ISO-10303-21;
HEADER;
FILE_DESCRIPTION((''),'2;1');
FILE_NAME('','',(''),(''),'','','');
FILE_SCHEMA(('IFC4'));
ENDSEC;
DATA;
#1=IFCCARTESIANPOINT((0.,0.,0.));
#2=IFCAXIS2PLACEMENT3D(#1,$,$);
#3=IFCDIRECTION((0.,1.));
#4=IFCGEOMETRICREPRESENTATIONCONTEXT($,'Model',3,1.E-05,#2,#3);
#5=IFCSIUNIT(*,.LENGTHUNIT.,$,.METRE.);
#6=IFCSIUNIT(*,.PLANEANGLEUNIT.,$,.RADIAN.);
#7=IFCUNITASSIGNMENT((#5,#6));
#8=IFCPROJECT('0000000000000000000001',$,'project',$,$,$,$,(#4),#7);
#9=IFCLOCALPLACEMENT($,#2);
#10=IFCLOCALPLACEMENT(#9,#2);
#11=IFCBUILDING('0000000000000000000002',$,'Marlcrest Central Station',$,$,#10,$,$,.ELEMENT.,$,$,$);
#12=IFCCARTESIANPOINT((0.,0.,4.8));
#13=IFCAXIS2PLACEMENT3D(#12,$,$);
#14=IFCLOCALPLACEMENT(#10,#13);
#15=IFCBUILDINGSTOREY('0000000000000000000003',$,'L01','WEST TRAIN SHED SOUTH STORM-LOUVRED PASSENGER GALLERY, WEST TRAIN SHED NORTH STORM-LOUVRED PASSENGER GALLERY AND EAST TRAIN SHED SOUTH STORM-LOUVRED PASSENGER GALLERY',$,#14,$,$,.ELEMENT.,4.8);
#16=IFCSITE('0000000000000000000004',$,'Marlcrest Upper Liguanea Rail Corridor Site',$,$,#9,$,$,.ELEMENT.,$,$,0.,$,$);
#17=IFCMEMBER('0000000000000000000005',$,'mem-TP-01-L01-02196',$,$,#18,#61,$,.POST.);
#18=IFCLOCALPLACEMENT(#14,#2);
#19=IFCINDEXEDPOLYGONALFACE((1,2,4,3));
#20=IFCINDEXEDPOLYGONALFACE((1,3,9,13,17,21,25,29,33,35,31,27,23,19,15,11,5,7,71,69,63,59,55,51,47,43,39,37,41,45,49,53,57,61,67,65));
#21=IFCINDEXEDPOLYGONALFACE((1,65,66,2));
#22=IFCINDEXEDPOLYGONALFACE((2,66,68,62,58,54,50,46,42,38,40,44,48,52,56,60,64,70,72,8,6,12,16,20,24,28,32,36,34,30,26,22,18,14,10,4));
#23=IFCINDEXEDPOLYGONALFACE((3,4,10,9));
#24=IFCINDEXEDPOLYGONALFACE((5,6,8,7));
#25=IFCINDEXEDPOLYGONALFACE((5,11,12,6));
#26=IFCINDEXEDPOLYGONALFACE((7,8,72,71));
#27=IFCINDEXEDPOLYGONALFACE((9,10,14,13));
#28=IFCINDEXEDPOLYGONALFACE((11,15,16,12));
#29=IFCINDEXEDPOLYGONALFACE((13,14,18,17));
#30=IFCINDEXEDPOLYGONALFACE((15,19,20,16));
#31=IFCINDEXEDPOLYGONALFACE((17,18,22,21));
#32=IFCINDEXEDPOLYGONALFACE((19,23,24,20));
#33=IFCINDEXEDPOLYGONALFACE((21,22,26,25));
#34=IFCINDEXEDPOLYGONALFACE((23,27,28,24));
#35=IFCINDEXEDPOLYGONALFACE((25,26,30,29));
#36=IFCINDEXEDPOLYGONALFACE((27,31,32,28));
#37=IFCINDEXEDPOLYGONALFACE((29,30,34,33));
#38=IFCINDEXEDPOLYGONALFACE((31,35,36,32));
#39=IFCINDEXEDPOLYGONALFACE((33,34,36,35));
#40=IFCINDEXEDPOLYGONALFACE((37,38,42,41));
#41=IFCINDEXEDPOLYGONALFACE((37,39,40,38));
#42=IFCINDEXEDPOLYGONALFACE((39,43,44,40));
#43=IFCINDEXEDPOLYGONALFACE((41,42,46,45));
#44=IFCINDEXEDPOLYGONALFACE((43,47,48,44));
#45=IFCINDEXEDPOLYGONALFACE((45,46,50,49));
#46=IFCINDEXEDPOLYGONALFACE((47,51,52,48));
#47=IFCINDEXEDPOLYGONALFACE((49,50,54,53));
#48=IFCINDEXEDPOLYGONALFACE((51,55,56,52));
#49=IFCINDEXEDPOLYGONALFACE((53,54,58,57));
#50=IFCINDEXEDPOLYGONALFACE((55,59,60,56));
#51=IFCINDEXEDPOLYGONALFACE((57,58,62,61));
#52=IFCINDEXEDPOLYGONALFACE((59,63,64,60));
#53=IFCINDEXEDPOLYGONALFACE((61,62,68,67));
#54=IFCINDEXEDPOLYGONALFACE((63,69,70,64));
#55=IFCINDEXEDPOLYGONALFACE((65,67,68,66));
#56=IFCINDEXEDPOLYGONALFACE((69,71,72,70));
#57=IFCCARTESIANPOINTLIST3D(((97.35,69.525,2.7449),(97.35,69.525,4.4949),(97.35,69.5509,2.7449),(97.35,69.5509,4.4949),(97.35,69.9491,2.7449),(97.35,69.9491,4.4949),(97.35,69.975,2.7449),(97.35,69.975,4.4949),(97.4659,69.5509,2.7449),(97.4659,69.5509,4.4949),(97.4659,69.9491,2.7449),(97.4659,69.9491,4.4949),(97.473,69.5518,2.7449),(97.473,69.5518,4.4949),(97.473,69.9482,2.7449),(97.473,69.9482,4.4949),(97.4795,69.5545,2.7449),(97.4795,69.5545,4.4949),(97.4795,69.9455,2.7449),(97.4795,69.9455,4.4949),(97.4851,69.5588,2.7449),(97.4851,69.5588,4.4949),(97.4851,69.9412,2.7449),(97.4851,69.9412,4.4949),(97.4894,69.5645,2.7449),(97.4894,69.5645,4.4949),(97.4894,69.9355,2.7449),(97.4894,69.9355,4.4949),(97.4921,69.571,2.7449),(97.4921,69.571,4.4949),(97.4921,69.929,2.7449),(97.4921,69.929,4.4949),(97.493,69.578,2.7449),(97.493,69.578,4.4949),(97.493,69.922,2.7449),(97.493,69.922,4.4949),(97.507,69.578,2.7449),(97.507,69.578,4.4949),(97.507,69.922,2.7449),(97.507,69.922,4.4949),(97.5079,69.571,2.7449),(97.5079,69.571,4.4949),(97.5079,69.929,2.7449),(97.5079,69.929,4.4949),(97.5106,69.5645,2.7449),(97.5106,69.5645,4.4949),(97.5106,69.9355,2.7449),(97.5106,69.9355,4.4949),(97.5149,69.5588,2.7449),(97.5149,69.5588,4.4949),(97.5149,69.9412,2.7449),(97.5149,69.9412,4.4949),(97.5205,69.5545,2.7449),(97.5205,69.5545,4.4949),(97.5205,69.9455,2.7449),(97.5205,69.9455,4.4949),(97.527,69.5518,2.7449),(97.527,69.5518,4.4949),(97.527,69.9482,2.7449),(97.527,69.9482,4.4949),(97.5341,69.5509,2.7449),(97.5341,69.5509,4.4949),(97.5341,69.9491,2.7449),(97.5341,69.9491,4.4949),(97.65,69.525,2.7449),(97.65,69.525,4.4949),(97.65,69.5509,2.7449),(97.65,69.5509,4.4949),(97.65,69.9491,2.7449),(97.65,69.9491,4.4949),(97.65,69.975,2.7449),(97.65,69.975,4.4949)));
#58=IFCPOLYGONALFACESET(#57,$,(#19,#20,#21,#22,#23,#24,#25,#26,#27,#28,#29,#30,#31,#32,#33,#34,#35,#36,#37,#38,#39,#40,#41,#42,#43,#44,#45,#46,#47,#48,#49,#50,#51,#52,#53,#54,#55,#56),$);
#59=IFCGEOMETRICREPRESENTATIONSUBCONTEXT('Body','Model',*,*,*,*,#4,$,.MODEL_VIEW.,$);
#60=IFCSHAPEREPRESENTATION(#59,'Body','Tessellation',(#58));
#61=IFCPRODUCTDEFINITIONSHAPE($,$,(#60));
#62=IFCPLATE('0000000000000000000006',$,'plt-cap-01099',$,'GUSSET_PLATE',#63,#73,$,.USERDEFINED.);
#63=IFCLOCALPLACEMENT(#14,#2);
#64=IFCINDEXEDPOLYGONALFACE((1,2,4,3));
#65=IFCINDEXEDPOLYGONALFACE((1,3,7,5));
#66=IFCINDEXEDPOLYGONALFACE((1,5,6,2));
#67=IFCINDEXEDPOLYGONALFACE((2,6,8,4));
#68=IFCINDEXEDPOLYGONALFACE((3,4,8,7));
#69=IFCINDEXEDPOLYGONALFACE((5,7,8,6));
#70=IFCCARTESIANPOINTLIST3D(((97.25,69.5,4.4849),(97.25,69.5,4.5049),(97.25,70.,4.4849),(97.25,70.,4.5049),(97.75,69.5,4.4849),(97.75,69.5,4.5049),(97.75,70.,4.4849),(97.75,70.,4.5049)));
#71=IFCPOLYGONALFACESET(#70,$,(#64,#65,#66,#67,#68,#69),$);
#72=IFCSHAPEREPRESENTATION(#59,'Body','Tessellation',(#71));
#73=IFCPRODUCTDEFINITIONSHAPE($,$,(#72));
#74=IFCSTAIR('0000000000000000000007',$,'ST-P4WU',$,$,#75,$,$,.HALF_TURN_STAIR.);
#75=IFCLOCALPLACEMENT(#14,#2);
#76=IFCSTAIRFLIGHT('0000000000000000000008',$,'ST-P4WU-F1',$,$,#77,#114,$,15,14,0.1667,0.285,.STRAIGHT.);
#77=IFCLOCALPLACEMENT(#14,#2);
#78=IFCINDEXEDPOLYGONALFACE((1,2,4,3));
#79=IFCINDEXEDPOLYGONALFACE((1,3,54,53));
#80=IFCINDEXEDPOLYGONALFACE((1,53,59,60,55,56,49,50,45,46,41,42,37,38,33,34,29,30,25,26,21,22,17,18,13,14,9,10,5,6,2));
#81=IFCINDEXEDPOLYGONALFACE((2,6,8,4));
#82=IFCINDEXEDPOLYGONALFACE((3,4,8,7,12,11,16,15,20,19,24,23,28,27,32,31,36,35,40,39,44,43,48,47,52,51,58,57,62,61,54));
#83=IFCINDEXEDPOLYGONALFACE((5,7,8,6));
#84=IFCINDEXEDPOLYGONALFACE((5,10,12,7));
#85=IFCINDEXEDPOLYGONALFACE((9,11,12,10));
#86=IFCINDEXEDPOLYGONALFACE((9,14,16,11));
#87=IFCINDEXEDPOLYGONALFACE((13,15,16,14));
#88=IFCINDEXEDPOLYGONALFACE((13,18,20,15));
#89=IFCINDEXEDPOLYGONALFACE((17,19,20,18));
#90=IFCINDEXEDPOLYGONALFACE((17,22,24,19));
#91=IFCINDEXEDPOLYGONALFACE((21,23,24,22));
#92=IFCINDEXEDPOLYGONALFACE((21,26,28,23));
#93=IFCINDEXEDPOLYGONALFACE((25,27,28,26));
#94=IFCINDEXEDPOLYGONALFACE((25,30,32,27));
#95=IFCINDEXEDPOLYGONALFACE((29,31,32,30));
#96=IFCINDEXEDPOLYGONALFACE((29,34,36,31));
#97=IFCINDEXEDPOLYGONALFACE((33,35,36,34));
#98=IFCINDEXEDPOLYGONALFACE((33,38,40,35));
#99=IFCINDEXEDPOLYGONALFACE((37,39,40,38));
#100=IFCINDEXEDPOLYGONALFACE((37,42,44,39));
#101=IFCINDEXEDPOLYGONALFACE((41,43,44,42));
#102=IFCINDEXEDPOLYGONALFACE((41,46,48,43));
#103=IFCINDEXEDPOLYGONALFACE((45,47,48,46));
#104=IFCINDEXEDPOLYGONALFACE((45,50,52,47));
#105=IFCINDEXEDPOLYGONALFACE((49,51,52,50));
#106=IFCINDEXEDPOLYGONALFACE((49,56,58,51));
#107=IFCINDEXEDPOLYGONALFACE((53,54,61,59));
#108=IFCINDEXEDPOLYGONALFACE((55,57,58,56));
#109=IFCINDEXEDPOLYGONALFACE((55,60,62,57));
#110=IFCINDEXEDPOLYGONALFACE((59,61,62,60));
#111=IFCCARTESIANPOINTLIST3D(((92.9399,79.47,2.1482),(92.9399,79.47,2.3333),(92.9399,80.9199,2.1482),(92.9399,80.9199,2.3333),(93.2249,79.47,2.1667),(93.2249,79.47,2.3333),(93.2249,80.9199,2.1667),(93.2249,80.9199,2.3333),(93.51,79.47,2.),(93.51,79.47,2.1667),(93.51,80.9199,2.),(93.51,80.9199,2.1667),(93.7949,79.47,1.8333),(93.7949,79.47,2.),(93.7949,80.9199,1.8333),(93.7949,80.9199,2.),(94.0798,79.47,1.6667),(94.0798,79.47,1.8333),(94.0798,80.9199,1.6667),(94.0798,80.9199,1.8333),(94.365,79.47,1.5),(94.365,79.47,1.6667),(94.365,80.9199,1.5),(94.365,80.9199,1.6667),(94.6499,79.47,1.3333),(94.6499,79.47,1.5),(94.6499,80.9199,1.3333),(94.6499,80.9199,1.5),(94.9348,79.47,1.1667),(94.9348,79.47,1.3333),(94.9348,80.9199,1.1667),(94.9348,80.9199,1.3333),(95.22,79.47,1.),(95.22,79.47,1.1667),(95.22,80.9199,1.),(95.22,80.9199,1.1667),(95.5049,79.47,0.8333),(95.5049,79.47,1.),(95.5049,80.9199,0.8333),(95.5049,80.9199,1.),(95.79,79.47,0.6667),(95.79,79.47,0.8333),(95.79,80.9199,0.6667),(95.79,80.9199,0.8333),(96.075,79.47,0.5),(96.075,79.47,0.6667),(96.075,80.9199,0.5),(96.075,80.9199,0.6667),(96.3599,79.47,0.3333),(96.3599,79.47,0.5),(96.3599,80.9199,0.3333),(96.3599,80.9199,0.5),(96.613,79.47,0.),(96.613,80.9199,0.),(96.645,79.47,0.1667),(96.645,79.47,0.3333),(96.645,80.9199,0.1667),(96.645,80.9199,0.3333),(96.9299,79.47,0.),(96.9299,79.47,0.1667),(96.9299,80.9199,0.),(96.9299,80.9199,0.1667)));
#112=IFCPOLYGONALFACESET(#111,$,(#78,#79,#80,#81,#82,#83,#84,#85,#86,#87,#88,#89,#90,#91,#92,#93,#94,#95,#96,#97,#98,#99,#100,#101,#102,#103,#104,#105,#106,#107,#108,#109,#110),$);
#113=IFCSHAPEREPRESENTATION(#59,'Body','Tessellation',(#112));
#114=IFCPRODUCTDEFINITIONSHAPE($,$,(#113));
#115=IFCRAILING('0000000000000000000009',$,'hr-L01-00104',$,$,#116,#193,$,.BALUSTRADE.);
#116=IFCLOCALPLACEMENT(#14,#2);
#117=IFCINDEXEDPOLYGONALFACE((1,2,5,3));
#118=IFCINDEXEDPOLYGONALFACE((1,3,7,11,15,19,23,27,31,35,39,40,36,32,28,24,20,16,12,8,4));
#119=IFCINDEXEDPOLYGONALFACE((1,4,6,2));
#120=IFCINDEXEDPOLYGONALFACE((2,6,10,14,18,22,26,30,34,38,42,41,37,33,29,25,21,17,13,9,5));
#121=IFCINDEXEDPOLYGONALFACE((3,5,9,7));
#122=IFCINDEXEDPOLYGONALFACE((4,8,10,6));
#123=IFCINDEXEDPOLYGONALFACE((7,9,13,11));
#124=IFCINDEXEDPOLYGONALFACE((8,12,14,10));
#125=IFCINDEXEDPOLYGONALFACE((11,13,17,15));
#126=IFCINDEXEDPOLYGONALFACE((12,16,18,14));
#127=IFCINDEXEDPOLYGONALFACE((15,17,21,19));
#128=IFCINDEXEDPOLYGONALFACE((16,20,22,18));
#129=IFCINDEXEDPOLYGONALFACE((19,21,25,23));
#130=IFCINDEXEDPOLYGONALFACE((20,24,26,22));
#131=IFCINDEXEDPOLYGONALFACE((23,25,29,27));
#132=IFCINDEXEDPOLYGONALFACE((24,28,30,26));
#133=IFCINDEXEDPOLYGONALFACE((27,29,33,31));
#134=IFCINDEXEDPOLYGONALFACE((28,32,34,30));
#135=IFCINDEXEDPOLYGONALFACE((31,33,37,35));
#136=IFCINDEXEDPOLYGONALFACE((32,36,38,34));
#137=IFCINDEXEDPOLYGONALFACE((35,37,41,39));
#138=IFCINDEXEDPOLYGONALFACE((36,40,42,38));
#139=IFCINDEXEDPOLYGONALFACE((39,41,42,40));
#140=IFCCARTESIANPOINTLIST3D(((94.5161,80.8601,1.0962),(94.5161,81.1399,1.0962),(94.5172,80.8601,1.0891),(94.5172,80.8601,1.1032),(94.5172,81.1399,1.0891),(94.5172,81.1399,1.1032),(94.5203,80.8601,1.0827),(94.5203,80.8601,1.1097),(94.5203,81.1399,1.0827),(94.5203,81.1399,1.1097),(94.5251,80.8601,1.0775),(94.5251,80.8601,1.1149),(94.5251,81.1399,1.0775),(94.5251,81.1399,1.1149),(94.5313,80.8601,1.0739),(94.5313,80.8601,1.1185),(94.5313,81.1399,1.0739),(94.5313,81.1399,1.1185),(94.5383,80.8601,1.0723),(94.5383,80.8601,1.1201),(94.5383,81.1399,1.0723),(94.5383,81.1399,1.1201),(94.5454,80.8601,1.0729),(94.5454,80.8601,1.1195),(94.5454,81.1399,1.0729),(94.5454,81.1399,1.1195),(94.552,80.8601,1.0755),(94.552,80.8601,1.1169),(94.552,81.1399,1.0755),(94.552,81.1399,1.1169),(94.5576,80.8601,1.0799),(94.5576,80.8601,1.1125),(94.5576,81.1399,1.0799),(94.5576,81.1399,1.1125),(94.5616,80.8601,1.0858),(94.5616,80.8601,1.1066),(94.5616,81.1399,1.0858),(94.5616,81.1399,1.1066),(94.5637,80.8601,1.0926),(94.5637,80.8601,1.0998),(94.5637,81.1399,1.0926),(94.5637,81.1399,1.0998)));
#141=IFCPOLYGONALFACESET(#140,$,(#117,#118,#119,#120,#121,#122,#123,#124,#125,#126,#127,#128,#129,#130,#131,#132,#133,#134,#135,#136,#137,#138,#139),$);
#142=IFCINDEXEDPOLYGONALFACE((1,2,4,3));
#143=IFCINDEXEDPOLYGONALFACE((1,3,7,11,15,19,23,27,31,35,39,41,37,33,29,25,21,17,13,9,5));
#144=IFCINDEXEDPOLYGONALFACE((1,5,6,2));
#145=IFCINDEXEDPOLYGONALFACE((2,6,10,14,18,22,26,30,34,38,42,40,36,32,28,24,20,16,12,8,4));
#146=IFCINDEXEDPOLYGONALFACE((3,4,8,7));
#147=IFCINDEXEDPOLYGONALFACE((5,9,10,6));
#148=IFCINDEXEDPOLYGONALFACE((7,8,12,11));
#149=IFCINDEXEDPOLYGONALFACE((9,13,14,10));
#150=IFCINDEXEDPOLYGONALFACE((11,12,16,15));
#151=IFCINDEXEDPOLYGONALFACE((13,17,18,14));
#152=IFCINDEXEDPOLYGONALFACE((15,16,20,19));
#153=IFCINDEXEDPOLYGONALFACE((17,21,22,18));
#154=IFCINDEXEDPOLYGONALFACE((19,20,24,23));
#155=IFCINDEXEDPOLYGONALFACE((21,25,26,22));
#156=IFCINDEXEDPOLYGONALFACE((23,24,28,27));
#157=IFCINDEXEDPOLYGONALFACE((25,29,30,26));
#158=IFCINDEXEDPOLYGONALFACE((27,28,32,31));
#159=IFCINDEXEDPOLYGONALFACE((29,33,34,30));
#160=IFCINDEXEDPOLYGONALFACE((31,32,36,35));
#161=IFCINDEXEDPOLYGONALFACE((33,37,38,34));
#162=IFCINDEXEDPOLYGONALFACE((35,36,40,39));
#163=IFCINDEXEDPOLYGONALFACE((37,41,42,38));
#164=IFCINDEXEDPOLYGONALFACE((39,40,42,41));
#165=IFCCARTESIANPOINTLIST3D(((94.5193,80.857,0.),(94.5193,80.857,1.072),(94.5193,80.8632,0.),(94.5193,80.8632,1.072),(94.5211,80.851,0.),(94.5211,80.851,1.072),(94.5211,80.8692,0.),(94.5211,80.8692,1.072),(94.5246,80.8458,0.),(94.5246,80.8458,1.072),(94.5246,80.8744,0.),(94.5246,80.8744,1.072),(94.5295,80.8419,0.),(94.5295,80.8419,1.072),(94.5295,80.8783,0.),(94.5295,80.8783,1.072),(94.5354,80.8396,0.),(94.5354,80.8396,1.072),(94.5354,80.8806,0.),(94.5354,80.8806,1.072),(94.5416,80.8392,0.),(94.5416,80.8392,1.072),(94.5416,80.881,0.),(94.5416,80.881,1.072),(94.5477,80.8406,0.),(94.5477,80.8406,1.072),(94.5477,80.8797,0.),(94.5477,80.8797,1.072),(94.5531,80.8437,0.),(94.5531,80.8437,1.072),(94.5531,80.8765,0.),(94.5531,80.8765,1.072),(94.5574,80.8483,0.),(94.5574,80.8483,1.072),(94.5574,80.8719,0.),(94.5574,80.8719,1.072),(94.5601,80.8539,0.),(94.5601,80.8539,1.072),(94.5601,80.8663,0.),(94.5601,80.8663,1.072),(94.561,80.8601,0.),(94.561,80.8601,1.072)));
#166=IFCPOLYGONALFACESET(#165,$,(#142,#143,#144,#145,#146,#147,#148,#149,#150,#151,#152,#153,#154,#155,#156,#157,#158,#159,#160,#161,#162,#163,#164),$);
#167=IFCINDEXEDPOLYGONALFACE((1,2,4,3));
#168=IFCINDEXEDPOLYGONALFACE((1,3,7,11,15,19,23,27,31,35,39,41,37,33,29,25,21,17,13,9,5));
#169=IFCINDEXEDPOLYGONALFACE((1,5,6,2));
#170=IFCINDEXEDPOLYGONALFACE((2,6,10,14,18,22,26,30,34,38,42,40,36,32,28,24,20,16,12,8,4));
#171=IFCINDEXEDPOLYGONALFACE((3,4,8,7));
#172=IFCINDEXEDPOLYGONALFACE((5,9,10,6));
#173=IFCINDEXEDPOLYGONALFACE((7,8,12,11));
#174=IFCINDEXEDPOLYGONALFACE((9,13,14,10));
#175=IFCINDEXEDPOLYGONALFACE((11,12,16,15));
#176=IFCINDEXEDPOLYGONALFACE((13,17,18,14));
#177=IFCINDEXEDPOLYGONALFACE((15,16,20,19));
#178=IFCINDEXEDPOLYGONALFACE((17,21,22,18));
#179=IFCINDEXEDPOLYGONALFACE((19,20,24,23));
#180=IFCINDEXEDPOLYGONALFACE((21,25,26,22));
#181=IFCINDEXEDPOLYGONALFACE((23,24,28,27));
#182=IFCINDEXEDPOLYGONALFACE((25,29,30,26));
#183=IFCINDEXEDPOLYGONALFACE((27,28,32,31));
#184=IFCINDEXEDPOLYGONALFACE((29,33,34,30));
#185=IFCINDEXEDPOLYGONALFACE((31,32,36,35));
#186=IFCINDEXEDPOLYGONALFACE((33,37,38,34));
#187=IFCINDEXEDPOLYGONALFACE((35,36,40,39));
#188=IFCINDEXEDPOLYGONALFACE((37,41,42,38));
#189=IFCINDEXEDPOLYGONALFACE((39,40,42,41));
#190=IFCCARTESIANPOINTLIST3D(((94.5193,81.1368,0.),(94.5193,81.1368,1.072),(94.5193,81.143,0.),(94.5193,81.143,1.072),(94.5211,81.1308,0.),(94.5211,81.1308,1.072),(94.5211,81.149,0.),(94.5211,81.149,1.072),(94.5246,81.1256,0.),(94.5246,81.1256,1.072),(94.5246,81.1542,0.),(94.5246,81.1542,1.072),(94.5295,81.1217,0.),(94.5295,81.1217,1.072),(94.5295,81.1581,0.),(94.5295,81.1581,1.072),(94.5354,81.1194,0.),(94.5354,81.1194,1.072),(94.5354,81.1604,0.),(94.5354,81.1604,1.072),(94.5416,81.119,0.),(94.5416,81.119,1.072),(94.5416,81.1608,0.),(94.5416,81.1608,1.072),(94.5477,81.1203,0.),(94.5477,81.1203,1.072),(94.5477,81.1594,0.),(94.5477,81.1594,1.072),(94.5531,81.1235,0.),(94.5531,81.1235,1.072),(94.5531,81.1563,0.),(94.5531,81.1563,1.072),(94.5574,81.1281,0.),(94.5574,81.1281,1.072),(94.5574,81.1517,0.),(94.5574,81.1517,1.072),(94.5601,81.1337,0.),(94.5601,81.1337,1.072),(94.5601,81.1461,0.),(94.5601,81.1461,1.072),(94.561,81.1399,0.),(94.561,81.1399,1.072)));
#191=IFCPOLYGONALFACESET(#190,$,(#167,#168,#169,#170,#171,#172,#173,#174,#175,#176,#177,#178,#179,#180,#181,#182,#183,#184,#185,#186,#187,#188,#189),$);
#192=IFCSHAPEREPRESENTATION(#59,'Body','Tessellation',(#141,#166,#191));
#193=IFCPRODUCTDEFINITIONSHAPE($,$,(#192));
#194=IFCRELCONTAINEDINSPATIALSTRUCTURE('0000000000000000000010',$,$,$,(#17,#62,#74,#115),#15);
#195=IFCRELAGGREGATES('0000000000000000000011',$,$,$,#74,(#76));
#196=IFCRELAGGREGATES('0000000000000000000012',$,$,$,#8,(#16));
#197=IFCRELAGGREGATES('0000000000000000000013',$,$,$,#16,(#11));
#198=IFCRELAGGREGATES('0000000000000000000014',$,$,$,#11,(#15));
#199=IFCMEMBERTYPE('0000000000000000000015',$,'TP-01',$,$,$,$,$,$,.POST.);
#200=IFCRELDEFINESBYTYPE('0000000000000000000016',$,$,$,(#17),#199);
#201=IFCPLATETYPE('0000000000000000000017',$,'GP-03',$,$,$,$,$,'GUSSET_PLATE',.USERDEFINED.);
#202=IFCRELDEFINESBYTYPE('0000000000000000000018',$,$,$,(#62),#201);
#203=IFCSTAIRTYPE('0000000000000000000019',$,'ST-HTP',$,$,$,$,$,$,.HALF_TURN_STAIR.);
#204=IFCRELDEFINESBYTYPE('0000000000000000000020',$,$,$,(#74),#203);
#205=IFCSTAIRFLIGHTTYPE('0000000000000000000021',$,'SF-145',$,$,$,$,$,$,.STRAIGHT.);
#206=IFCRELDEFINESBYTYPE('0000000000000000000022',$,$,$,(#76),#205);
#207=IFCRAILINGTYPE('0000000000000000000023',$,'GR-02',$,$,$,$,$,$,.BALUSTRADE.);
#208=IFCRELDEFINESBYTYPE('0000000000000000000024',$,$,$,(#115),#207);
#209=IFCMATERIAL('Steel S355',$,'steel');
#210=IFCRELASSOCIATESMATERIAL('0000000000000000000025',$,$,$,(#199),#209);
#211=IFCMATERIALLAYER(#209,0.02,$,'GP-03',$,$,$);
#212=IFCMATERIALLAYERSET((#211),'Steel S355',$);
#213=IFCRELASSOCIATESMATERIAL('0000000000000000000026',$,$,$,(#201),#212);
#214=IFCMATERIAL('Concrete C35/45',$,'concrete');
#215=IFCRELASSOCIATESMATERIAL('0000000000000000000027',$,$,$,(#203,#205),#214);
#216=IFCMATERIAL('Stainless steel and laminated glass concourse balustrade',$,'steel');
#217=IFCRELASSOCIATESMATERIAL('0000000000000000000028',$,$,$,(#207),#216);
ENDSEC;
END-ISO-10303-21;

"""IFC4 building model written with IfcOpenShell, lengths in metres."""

from ifc_helpers import new_model, si_unit, direction, frame, origin, origin_2d, place, context, subcontext, project, spatial, polyline, rectangle, circle, i_section, outline, extrude, material, layer, layer_set, material_profile, profile_set, type_object, element, aggregate, save


model = new_model("IFC4")

# Units and contexts
model_context = context("Model", 3, precision=1e-05, world=origin(), true_north=direction((0.0, 1.0)))
body_context = subcontext(model_context, "Body", "Model", "MODEL_VIEW")
ifc_project = project(units=[si_unit("LENGTHUNIT", "METRE"), si_unit("PLANEANGLEUNIT", "RADIAN")], contexts=[model_context])

# Site, building, storey
site_placement = place(None, origin())
site = spatial("IfcSite", under=ifc_project, at=site_placement, Name="Marlcrest Upper Liguanea Rail Corridor Site", CompositionType="ELEMENT", RefElevation=0.0)
building_placement = place(site_placement, origin())
building = spatial("IfcBuilding", under=site, at=building_placement, Name="Marlcrest Central Station", CompositionType="ELEMENT")
storey_placement = place(building_placement, frame((0.0, 0.0, 4.8)))
storey = spatial("IfcBuildingStorey", under=building, at=storey_placement, Name="L01", Description="WEST TRAIN SHED SOUTH STORM-LOUVRED PASSENGER GALLERY, WEST TRAIN SHED NORTH STORM-LOUVRED PASSENGER GALLERY AND EAST TRAIN SHED SOUTH STORM-LOUVRED PASSENGER GALLERY", CompositionType="ELEMENT", Elevation=4.8)

# Shared definitions
ifc_material_1 = material(Name="Steel S355", Category="steel")

# Member
ifc_material_profile_1 = material_profile(ifc_material_1, i_section(OverallWidth=0.3, OverallDepth=0.45, WebThickness=0.0139, FlangeThickness=0.0259, FilletRadius=0.0271, at=origin_2d()), Name="HEB 450")
ifc_profile_set_1 = profile_set([ifc_material_profile_1], Name="Steel S355")
member_type_1 = type_object("IfcMemberType", Name="TP-01", PredefinedType="POST", material=ifc_profile_set_1)
member_1_placement = place(storey_placement, frame((97.5, 69.75, 2.7449), z_axis=(0.0, 0.0, 1.0), x_axis=(1.0, 0.0, 0.0)))
element("IfcMember", 1, at=member_1_placement, inside=storey, type_object=member_type_1, Name="mem-TP-01-L01-02196", PredefinedType="POST", context=body_context, shape_type="SweptSolid", body=[
    extrude(i_section(OverallWidth=0.3, OverallDepth=0.45, WebThickness=0.0139, FlangeThickness=0.0259, FilletRadius=0.0271, at=origin_2d()), origin(), (0.0, 0.0, 1.0), 1.75),
])

# Plate
ifc_layer = layer(ifc_material_1, 0.02, Name="GP-03")
ifc_layer_set = layer_set([ifc_layer], Name="Steel S355")
plate_type = type_object("IfcPlateType", Name="GP-03", ElementType="GUSSET_PLATE", PredefinedType="USERDEFINED", material=ifc_layer_set)
plate_placement = place(storey_placement, frame((97.5, 69.75, 4.4849), z_axis=(0.0, 0.0, 1.0), x_axis=(1.0, 0.0, 0.0)))
element("IfcPlate", 2, at=plate_placement, inside=storey, type_object=plate_type, Name="plt-cap-01099", ObjectType="GUSSET_PLATE", PredefinedType="USERDEFINED", context=body_context, shape_type="SweptSolid", body=[
    extrude(rectangle(XDim=0.5, YDim=0.5, at=origin_2d()), origin(), (0.0, 0.0, 1.0), 0.02),
])

# Stair, stair flight
ifc_material_2 = material(Name="Concrete C35/45", Category="concrete")
stair_type = type_object("IfcStairType", Name="ST-HTP", PredefinedType="HALF_TURN_STAIR", material=ifc_material_2)
stair_placement = place(storey_placement, origin())
stair = element("IfcStair", 3, at=stair_placement, inside=storey, type_object=stair_type, Name="ST-P4WU", PredefinedType="HALF_TURN_STAIR")
stair_flight_type = type_object("IfcStairFlightType", Name="SF-145", PredefinedType="STRAIGHT", material=ifc_material_2)
stair_flight_placement = place(storey_placement, frame((96.9299, 80.1951, 0.0), z_axis=(0.0, 0.0, 1.0), x_axis=(-1.0, 0.0, 0.0)))
stair_flight = element("IfcStairFlight", 4, at=stair_flight_placement, type_object=stair_flight_type, Name="ST-P4WU-F1", NumberOfRisers=15, NumberOfTreads=14, PredefinedType="STRAIGHT", RiserHeight=0.1667, TreadLength=0.285, context=body_context, shape_type="SweptSolid", body=[
    extrude(outline(polyline([(0.0, 0.0), (0.0, 0.1667), (0.2849, 0.1667), (0.2849, 0.3333), (0.5701, 0.3333), (0.5701, 0.5), (0.855, 0.5), (0.855, 0.6667), (1.1399, 0.6667), (1.1399, 0.8333), (1.425, 0.8333), (1.425, 1.0), (1.71, 1.0), (1.71, 1.1667), (1.9951, 1.1667), (1.9951, 1.3333), (2.28, 1.3333), (2.28, 1.5), (2.5649, 1.5), (2.5649, 1.6667), (2.8501, 1.6667), (2.8501, 1.8333), (3.135, 1.8333), (3.135, 2.0), (3.4199, 2.0), (3.4199, 2.1667), (3.7051, 2.1667), (3.7051, 2.3333), (3.99, 2.3333), (3.99, 2.5), (3.99, 2.1482), (0.3169, 0.0), (0.0, 0.0)])), frame((0.0, 0.7251, 0.0), z_axis=(0.0, -1.0, 0.0), x_axis=(1.0, 0.0, 0.0)), (0.0, 0.0, 1.0), 1.45),
])
aggregate(stair, [stair_flight])

# Railing
ifc_material_3 = material(Name="Stainless steel and laminated glass concourse balustrade", Category="steel")
railing_type_1 = type_object("IfcRailingType", Name="GR-02", PredefinedType="BALUSTRADE", material=ifc_material_3)
railing_1_placement = place(storey_placement, frame((94.54, 80.8601, 0.0)))
element("IfcRailing", 5, at=railing_1_placement, inside=storey, type_object=railing_type_1, Name="hr-L01-00104", PredefinedType="BALUSTRADE", context=body_context, shape_type="SweptSolid", body=[
    extrude(circle(Radius=0.0239, at=origin_2d()), frame((0.0, 0.0, 1.0962), z_axis=(0.0, 1.0, 0.0), x_axis=(-1.0, 0.0, 0.0)), (0.0, 0.0, 1.0), 0.2798),
    extrude(circle(Radius=0.021, at=origin_2d()), origin(), (0.0, 0.0, 1.0), 1.072),
    extrude(circle(Radius=0.021, at=origin_2d()), frame((0.0, 0.2798, 0.0)), (0.0, 0.0, 1.0), 1.072),
])

save(model, "model.ifc")
